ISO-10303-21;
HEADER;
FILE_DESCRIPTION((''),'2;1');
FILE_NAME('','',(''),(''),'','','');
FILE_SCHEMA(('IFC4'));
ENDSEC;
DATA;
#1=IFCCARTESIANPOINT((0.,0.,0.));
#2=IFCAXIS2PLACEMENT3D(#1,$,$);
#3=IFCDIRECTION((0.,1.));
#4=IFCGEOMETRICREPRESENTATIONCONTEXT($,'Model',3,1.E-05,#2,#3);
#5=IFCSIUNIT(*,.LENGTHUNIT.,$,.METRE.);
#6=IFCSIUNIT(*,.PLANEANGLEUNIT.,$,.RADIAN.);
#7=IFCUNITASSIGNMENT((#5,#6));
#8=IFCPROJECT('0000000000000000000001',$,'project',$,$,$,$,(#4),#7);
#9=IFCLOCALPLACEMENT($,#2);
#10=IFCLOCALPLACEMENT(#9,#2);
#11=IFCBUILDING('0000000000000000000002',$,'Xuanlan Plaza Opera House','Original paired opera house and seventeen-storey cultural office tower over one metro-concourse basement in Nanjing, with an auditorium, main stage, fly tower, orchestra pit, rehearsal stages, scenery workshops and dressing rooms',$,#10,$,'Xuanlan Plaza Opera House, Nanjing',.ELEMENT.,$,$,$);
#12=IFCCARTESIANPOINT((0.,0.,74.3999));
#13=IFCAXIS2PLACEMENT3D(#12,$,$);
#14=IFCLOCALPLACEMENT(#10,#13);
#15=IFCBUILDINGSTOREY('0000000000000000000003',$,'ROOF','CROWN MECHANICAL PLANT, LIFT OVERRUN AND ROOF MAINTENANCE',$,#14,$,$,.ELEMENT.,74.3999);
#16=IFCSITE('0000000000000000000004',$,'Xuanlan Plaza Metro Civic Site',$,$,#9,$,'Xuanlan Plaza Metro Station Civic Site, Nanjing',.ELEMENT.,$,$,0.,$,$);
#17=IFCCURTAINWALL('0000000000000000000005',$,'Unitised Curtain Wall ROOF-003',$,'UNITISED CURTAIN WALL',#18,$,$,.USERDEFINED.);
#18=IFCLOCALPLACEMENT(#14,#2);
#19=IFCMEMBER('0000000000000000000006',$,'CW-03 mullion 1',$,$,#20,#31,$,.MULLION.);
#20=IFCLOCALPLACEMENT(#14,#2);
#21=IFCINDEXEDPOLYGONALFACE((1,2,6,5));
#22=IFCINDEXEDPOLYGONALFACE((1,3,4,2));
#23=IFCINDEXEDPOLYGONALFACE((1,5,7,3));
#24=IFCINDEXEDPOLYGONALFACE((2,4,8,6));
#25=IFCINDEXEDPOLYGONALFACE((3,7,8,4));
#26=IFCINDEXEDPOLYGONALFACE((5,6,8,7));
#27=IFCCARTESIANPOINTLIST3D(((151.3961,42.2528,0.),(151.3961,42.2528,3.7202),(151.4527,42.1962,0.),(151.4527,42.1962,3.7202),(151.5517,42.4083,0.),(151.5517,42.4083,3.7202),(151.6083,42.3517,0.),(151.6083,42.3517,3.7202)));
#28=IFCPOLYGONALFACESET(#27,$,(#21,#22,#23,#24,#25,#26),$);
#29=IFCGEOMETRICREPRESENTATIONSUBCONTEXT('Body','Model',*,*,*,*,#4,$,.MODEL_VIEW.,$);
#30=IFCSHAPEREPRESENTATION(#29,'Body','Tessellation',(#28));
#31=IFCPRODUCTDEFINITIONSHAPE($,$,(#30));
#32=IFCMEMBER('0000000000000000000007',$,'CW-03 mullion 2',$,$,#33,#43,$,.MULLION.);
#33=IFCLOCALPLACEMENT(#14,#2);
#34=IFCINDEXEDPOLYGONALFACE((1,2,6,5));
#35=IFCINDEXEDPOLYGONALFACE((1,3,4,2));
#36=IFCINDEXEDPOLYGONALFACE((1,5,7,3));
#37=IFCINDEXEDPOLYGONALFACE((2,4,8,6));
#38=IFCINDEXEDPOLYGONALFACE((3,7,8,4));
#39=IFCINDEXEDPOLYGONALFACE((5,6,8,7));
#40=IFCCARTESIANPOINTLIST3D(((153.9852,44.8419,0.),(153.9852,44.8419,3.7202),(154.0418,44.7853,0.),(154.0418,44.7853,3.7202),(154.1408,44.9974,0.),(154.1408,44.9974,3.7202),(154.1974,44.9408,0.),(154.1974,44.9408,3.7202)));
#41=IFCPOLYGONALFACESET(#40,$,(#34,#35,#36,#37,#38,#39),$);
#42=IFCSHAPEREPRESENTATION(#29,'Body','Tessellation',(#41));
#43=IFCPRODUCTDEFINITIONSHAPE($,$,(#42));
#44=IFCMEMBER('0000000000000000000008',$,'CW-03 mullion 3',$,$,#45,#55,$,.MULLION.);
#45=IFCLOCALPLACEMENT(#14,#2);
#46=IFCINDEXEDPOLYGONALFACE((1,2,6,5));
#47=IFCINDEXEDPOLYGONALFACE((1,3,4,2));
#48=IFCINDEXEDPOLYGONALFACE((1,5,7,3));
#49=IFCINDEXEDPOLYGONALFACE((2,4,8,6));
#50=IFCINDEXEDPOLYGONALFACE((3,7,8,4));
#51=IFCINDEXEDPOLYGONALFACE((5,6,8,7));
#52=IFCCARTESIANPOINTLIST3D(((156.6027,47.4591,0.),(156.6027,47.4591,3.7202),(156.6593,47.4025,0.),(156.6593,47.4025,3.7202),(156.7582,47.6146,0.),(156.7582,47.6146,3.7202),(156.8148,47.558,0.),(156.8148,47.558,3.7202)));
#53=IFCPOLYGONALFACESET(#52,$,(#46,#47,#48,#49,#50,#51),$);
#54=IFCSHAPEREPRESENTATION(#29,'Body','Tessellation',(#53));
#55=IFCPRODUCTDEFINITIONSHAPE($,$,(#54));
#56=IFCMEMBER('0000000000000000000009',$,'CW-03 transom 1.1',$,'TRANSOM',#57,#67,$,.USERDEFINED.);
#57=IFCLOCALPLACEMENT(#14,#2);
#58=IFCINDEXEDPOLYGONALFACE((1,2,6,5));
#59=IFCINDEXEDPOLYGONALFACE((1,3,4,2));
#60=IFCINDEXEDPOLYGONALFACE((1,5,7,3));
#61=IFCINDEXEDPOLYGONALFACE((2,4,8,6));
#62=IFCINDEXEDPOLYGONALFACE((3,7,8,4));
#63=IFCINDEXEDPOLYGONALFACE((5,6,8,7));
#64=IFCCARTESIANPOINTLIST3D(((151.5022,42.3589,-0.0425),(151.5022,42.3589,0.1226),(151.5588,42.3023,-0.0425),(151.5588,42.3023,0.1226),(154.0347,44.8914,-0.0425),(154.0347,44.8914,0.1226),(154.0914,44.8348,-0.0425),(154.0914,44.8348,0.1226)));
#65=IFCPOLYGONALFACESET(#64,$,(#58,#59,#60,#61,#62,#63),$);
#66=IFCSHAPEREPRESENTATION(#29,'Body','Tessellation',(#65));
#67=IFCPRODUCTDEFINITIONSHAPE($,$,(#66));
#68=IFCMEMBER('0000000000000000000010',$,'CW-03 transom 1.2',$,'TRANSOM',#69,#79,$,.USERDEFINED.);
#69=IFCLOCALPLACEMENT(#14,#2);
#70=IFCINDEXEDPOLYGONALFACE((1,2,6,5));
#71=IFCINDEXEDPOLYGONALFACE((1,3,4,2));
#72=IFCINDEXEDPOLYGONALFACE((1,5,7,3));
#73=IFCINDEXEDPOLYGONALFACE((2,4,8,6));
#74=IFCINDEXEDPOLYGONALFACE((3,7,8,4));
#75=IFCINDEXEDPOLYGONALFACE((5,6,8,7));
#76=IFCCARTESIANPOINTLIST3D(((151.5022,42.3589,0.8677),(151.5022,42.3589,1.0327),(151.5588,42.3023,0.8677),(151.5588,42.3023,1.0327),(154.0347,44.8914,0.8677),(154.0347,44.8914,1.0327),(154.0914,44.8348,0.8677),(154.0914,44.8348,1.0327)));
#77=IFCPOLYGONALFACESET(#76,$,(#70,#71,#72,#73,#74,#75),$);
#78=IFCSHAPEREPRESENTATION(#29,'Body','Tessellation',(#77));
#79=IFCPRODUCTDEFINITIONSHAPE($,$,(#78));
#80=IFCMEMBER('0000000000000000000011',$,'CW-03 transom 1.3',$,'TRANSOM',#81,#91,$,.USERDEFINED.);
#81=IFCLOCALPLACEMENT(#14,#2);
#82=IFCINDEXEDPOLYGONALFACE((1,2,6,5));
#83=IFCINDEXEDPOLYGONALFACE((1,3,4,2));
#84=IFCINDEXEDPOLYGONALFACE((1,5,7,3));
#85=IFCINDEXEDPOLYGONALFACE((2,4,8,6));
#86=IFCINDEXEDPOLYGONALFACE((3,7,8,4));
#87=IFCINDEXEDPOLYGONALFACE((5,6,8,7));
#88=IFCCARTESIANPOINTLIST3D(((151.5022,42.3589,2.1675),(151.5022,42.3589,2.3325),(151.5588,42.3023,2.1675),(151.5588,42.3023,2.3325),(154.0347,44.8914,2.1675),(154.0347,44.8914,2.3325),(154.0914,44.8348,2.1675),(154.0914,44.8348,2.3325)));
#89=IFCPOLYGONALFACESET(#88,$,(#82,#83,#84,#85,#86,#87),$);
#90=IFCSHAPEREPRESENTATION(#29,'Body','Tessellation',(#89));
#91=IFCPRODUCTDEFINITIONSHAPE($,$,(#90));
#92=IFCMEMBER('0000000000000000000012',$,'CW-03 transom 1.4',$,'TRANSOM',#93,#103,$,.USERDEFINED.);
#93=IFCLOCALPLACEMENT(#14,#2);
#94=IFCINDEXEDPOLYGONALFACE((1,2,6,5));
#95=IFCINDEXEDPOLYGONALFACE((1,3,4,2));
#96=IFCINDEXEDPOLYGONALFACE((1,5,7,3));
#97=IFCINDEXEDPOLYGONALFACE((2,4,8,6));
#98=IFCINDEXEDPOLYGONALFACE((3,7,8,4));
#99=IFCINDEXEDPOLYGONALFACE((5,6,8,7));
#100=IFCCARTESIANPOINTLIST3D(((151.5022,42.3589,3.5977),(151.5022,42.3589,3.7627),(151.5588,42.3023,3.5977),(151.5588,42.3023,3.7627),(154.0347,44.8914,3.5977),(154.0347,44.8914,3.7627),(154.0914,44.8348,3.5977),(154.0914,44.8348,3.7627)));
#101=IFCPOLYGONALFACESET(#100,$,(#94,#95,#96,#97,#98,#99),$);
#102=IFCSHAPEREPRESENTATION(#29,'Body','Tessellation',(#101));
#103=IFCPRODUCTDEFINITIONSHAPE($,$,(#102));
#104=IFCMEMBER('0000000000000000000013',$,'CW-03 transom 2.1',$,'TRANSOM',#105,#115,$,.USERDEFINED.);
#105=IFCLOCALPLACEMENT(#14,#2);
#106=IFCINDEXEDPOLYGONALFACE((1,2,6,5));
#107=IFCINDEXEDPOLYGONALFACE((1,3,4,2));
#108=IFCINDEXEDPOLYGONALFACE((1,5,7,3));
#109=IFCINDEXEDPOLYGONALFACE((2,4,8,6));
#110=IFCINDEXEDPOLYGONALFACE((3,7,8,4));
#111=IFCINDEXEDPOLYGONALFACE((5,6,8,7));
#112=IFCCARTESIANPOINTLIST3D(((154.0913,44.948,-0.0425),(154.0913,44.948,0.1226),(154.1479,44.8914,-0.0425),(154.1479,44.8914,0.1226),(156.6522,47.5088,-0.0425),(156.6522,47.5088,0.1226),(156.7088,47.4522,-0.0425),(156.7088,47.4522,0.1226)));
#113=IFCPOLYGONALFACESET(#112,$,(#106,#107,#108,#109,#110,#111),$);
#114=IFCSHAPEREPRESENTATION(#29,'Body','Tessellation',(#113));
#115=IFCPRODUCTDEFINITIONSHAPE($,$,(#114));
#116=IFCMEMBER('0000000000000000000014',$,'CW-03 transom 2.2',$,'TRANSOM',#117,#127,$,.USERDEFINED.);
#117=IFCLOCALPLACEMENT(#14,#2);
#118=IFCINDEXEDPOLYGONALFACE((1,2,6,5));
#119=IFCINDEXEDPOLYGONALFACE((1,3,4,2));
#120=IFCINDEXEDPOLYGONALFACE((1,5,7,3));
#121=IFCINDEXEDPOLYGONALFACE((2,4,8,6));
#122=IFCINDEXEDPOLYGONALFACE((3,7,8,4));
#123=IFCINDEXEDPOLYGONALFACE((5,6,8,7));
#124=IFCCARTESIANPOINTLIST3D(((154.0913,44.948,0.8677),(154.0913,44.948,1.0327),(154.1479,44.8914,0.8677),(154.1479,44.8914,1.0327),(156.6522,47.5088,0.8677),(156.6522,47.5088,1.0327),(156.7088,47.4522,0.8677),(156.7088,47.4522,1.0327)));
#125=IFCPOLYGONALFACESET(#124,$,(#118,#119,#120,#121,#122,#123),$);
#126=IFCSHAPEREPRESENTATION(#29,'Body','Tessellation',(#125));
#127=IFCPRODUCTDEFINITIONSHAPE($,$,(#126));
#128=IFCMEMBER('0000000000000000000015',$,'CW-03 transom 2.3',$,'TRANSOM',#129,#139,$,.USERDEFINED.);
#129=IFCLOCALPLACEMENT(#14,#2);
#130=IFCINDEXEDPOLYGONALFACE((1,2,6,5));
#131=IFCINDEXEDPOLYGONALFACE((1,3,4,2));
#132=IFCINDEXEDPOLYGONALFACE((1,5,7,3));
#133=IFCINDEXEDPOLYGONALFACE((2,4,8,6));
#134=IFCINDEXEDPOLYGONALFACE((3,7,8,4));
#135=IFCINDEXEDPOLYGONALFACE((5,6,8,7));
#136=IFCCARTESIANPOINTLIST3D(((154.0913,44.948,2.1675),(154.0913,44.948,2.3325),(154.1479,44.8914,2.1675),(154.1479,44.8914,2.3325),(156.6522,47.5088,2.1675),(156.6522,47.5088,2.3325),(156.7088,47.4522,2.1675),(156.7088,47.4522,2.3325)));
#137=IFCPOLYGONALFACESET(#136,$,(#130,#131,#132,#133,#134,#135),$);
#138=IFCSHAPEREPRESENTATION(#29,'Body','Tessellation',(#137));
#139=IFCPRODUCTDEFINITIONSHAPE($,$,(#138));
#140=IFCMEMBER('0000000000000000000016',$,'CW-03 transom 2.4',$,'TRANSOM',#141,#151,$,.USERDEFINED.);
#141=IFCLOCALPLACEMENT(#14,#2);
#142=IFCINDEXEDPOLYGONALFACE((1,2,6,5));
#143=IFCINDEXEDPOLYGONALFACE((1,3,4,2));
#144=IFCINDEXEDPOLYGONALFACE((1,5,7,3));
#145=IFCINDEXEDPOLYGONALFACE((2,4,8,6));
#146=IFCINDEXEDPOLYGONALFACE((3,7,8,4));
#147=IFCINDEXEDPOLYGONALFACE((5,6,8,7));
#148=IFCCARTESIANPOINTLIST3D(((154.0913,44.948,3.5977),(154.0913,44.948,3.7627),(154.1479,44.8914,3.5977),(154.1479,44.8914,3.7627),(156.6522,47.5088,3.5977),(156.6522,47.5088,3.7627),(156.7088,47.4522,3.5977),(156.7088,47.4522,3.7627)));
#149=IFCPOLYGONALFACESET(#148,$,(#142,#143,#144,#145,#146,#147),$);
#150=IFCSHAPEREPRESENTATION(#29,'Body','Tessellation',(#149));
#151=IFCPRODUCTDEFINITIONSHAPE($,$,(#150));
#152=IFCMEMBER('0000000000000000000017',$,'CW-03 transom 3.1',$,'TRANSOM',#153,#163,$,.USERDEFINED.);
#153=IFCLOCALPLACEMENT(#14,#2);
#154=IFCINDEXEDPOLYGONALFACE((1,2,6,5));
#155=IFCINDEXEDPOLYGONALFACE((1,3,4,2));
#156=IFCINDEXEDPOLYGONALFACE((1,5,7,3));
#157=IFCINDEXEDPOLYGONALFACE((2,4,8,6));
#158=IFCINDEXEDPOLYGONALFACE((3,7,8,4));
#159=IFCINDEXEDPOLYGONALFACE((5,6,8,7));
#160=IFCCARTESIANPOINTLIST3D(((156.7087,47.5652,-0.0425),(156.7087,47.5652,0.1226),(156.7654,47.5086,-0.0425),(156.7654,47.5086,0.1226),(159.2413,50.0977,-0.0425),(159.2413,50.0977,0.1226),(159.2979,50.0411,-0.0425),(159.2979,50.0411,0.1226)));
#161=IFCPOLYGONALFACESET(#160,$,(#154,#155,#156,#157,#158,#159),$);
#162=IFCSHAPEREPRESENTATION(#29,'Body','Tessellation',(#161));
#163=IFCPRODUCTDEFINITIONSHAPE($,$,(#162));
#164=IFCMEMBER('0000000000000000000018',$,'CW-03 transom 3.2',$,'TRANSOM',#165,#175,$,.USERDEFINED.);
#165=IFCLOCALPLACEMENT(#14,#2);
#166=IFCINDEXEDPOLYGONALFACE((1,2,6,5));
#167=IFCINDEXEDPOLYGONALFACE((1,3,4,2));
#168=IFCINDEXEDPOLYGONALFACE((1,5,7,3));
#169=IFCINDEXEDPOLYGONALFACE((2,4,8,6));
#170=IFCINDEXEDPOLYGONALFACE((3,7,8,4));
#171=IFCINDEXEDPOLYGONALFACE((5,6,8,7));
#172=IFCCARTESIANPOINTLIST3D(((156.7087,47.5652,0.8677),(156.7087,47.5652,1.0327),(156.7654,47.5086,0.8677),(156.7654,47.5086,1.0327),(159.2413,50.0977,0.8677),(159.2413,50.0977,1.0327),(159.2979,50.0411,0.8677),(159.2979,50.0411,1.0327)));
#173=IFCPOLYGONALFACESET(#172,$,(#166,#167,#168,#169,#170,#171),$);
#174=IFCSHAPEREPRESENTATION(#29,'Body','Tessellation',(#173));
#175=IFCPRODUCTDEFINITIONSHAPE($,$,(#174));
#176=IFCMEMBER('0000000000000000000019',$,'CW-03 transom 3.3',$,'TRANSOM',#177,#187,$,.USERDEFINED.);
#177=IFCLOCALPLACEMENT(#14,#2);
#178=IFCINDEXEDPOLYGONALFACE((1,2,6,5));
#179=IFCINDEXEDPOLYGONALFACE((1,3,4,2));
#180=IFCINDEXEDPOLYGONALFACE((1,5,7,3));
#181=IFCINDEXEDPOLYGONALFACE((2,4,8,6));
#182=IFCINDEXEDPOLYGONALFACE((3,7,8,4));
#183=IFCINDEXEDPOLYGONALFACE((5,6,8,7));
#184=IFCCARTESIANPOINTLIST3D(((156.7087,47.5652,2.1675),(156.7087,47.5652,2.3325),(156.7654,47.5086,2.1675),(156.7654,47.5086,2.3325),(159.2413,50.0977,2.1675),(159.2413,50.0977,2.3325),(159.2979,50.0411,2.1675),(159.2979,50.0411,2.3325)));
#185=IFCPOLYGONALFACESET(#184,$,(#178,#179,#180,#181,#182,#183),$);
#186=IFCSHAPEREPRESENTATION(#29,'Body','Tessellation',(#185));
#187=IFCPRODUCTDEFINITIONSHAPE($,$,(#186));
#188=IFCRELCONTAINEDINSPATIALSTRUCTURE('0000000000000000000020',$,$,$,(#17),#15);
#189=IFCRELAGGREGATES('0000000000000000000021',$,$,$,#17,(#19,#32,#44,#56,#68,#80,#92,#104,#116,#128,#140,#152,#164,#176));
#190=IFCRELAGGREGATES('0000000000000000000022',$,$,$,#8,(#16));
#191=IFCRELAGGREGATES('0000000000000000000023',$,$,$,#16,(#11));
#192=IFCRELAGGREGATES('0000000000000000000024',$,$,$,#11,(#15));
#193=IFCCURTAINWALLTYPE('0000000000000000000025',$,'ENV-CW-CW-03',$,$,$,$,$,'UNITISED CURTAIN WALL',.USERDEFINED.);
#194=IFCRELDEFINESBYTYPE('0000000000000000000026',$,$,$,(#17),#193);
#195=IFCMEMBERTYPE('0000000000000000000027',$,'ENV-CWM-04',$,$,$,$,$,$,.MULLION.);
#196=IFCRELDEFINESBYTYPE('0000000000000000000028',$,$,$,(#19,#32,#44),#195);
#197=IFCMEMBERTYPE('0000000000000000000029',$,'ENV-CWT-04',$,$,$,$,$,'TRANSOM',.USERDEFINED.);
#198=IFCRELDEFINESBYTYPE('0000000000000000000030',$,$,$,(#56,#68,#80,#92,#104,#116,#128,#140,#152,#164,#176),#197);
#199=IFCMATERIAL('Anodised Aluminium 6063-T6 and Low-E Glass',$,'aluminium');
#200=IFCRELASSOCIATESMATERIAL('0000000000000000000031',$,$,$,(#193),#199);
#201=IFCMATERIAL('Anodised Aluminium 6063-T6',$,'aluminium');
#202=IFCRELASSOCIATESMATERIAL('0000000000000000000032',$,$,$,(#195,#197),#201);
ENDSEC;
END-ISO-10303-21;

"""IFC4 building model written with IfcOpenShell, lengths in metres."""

from ifc_helpers import new_model, si_unit, direction, frame, origin, origin_2d, place, context, subcontext, project, spatial, rectangle, extrude, material, material_profile, profile_set, type_object, element, aggregate, save


model = new_model("IFC4")

# Units and contexts
model_context = context("Model", 3, precision=1e-05, world=origin(), true_north=direction((0.0, 1.0)))
body_context = subcontext(model_context, "Body", "Model", "MODEL_VIEW")
ifc_project = project(units=[si_unit("LENGTHUNIT", "METRE"), si_unit("PLANEANGLEUNIT", "RADIAN")], contexts=[model_context])

# Site, building, storey
site_placement = place(None, origin())
site = spatial("IfcSite", under=ifc_project, at=site_placement, Name="Xuanlan Plaza Metro Civic Site", LongName="Xuanlan Plaza Metro Station Civic Site, Nanjing", CompositionType="ELEMENT", RefElevation=0.0)
building_placement = place(site_placement, origin())
building = spatial("IfcBuilding", under=site, at=building_placement, Name="Xuanlan Plaza Opera House", Description="Original paired opera house and seventeen-storey cultural office tower over one metro-concourse basement in Nanjing, with an auditorium, main stage, fly tower, orchestra pit, rehearsal stages, scenery workshops and dressing rooms", LongName="Xuanlan Plaza Opera House, Nanjing", CompositionType="ELEMENT")
storey_placement = place(building_placement, frame((0.0, 0.0, 74.3999)))
storey = spatial("IfcBuildingStorey", under=building, at=storey_placement, Name="ROOF", Description="CROWN MECHANICAL PLANT, LIFT OVERRUN AND ROOF MAINTENANCE", CompositionType="ELEMENT", Elevation=74.3999)

# Curtain wall, members
ifc_material_1 = material(Name="Anodised Aluminium 6063-T6 and Low-E Glass", Category="aluminium")
curtain_wall_type = type_object("IfcCurtainWallType", Name="ENV-CW-CW-03", ElementType="UNITISED CURTAIN WALL", PredefinedType="USERDEFINED", material=ifc_material_1)
curtain_wall_placement = place(storey_placement, origin())
curtain_wall = element("IfcCurtainWall", 1, at=curtain_wall_placement, inside=storey, type_object=curtain_wall_type, Name="Unitised Curtain Wall ROOF-003", ObjectType="UNITISED CURTAIN WALL", PredefinedType="USERDEFINED")
ifc_material_2 = material(Name="Anodised Aluminium 6063-T6", Category="aluminium")
ifc_material_profile_1 = material_profile(ifc_material_2, rectangle(XDim=0.0801, YDim=0.22, at=origin_2d()), Name="ALU-M 80x220")
ifc_profile_set_1 = profile_set([ifc_material_profile_1], Name="Anodised Aluminium 6063-T6")
member_type_1 = type_object("IfcMemberType", Name="ENV-CWM-04", PredefinedType="MULLION", material=ifc_profile_set_1)
member_1_placement = place(storey_placement, frame((151.5022, 42.3022, 0.0), z_axis=(0.0, 0.0, 1.0), x_axis=(-0.707107, 0.707107, 0.0)))
member_1 = element("IfcMember", 2, at=member_1_placement, type_object=member_type_1, Name="CW-03 mullion 1", PredefinedType="MULLION", context=body_context, shape_type="SweptSolid", body=[
    extrude(rectangle(XDim=0.0801, YDim=0.22, at=origin_2d()), origin(), (0.0, 0.0, 1.0), 3.7202),
])
member_2_placement = place(storey_placement, frame((154.0913, 44.8914, 0.0), z_axis=(0.0, 0.0, 1.0), x_axis=(-0.707107, 0.707107, 0.0)))
member_2 = element("IfcMember", 3, at=member_2_placement, type_object=member_type_1, Name="CW-03 mullion 2", PredefinedType="MULLION", context=body_context, shape_type="SweptSolid", body=[
    extrude(rectangle(XDim=0.0801, YDim=0.22, at=origin_2d()), origin(), (0.0, 0.0, 1.0), 3.7202),
])
member_3_placement = place(storey_placement, frame((156.7087, 47.5085, 0.0), z_axis=(0.0, 0.0, 1.0), x_axis=(-0.707107, 0.707107, 0.0)))
member_3 = element("IfcMember", 4, at=member_3_placement, type_object=member_type_1, Name="CW-03 mullion 3", PredefinedType="MULLION", context=body_context, shape_type="SweptSolid", body=[
    extrude(rectangle(XDim=0.0801, YDim=0.22, at=origin_2d()), origin(), (0.0, 0.0, 1.0), 3.7202),
])
ifc_material_profile_2 = material_profile(ifc_material_2, rectangle(XDim=0.0801, YDim=0.165, at=origin_2d()), Name="ALU-T 80x165")
ifc_profile_set_2 = profile_set([ifc_material_profile_2], Name="Anodised Aluminium 6063-T6")
member_type_2 = type_object("IfcMemberType", Name="ENV-CWT-04", ElementType="TRANSOM", PredefinedType="USERDEFINED", material=ifc_profile_set_2)
member_4_placement = place(storey_placement, frame((151.5305, 42.3306, 0.04), z_axis=(0.707107, 0.707107, 0.0), x_axis=(-0.707107, 0.707107, 0.0)))
member_4 = element("IfcMember", 5, at=member_4_placement, type_object=member_type_2, Name="CW-03 transom 1.1", ObjectType="TRANSOM", PredefinedType="USERDEFINED", context=body_context, shape_type="SweptSolid", body=[
    extrude(rectangle(XDim=0.0801, YDim=0.165, at=origin_2d()), origin(), (0.0, 0.0, 1.0), 3.5815),
])
member_5_placement = place(storey_placement, frame((151.5305, 42.3306, 0.9502), z_axis=(0.707107, 0.707107, 0.0), x_axis=(-0.707107, 0.707107, 0.0)))
member_5 = element("IfcMember", 6, at=member_5_placement, type_object=member_type_2, Name="CW-03 transom 1.2", ObjectType="TRANSOM", PredefinedType="USERDEFINED", context=body_context, shape_type="SweptSolid", body=[
    extrude(rectangle(XDim=0.0801, YDim=0.165, at=origin_2d()), origin(), (0.0, 0.0, 1.0), 3.5815),
])
member_6_placement = place(storey_placement, frame((151.5305, 42.3306, 2.25), z_axis=(0.707107, 0.707107, 0.0), x_axis=(-0.707107, 0.707107, 0.0)))
member_6 = element("IfcMember", 7, at=member_6_placement, type_object=member_type_2, Name="CW-03 transom 1.3", ObjectType="TRANSOM", PredefinedType="USERDEFINED", context=body_context, shape_type="SweptSolid", body=[
    extrude(rectangle(XDim=0.0801, YDim=0.165, at=origin_2d()), origin(), (0.0, 0.0, 1.0), 3.5815),
])
member_7_placement = place(storey_placement, frame((151.5305, 42.3306, 3.6802), z_axis=(0.707107, 0.707107, 0.0), x_axis=(-0.707107, 0.707107, 0.0)))
member_7 = element("IfcMember", 8, at=member_7_placement, type_object=member_type_2, Name="CW-03 transom 1.4", ObjectType="TRANSOM", PredefinedType="USERDEFINED", context=body_context, shape_type="SweptSolid", body=[
    extrude(rectangle(XDim=0.0801, YDim=0.165, at=origin_2d()), origin(), (0.0, 0.0, 1.0), 3.5815),
])
member_8_placement = place(storey_placement, frame((154.1196, 44.9197, 0.04), z_axis=(0.707107, 0.707107, 0.0), x_axis=(-0.707107, 0.707107, 0.0)))
member_8 = element("IfcMember", 9, at=member_8_placement, type_object=member_type_2, Name="CW-03 transom 2.1", ObjectType="TRANSOM", PredefinedType="USERDEFINED", context=body_context, shape_type="SweptSolid", body=[
    extrude(rectangle(XDim=0.0801, YDim=0.165, at=origin_2d()), origin(), (0.0, 0.0, 1.0), 3.6216),
])
member_9_placement = place(storey_placement, frame((154.1196, 44.9197, 0.9502), z_axis=(0.707107, 0.707107, 0.0), x_axis=(-0.707107, 0.707107, 0.0)))
member_9 = element("IfcMember", 10, at=member_9_placement, type_object=member_type_2, Name="CW-03 transom 2.2", ObjectType="TRANSOM", PredefinedType="USERDEFINED", context=body_context, shape_type="SweptSolid", body=[
    extrude(rectangle(XDim=0.0801, YDim=0.165, at=origin_2d()), origin(), (0.0, 0.0, 1.0), 3.6216),
])
member_10_placement = place(storey_placement, frame((154.1196, 44.9197, 2.25), z_axis=(0.707107, 0.707107, 0.0), x_axis=(-0.707107, 0.707107, 0.0)))
member_10 = element("IfcMember", 11, at=member_10_placement, type_object=member_type_2, Name="CW-03 transom 2.3", ObjectType="TRANSOM", PredefinedType="USERDEFINED", context=body_context, shape_type="SweptSolid", body=[
    extrude(rectangle(XDim=0.0801, YDim=0.165, at=origin_2d()), origin(), (0.0, 0.0, 1.0), 3.6216),
])
member_11_placement = place(storey_placement, frame((154.1196, 44.9197, 3.6802), z_axis=(0.707107, 0.707107, 0.0), x_axis=(-0.707107, 0.707107, 0.0)))
member_11 = element("IfcMember", 12, at=member_11_placement, type_object=member_type_2, Name="CW-03 transom 2.4", ObjectType="TRANSOM", PredefinedType="USERDEFINED", context=body_context, shape_type="SweptSolid", body=[
    extrude(rectangle(XDim=0.0801, YDim=0.165, at=origin_2d()), origin(), (0.0, 0.0, 1.0), 3.6216),
])
member_12_placement = place(storey_placement, frame((156.7371, 47.5369, 0.04), z_axis=(0.707107, 0.707107, 0.0), x_axis=(-0.707107, 0.707107, 0.0)))
member_12 = element("IfcMember", 13, at=member_12_placement, type_object=member_type_2, Name="CW-03 transom 3.1", ObjectType="TRANSOM", PredefinedType="USERDEFINED", context=body_context, shape_type="SweptSolid", body=[
    extrude(rectangle(XDim=0.0801, YDim=0.165, at=origin_2d()), origin(), (0.0, 0.0, 1.0), 3.5815),
])
member_13_placement = place(storey_placement, frame((156.7371, 47.5369, 0.9502), z_axis=(0.707107, 0.707107, 0.0), x_axis=(-0.707107, 0.707107, 0.0)))
member_13 = element("IfcMember", 14, at=member_13_placement, type_object=member_type_2, Name="CW-03 transom 3.2", ObjectType="TRANSOM", PredefinedType="USERDEFINED", context=body_context, shape_type="SweptSolid", body=[
    extrude(rectangle(XDim=0.0801, YDim=0.165, at=origin_2d()), origin(), (0.0, 0.0, 1.0), 3.5815),
])
member_14_placement = place(storey_placement, frame((156.7371, 47.5369, 2.25), z_axis=(0.707107, 0.707107, 0.0), x_axis=(-0.707107, 0.707107, 0.0)))
member_14 = element("IfcMember", 15, at=member_14_placement, type_object=member_type_2, Name="CW-03 transom 3.3", ObjectType="TRANSOM", PredefinedType="USERDEFINED", context=body_context, shape_type="SweptSolid", body=[
    extrude(rectangle(XDim=0.0801, YDim=0.165, at=origin_2d()), origin(), (0.0, 0.0, 1.0), 3.5815),
])

aggregate(curtain_wall, [member_1, member_2, member_3, member_4, member_5, member_6, member_7, member_8, member_9, member_10, member_11, member_12, member_13, member_14])

save(model, "model.ifc")
